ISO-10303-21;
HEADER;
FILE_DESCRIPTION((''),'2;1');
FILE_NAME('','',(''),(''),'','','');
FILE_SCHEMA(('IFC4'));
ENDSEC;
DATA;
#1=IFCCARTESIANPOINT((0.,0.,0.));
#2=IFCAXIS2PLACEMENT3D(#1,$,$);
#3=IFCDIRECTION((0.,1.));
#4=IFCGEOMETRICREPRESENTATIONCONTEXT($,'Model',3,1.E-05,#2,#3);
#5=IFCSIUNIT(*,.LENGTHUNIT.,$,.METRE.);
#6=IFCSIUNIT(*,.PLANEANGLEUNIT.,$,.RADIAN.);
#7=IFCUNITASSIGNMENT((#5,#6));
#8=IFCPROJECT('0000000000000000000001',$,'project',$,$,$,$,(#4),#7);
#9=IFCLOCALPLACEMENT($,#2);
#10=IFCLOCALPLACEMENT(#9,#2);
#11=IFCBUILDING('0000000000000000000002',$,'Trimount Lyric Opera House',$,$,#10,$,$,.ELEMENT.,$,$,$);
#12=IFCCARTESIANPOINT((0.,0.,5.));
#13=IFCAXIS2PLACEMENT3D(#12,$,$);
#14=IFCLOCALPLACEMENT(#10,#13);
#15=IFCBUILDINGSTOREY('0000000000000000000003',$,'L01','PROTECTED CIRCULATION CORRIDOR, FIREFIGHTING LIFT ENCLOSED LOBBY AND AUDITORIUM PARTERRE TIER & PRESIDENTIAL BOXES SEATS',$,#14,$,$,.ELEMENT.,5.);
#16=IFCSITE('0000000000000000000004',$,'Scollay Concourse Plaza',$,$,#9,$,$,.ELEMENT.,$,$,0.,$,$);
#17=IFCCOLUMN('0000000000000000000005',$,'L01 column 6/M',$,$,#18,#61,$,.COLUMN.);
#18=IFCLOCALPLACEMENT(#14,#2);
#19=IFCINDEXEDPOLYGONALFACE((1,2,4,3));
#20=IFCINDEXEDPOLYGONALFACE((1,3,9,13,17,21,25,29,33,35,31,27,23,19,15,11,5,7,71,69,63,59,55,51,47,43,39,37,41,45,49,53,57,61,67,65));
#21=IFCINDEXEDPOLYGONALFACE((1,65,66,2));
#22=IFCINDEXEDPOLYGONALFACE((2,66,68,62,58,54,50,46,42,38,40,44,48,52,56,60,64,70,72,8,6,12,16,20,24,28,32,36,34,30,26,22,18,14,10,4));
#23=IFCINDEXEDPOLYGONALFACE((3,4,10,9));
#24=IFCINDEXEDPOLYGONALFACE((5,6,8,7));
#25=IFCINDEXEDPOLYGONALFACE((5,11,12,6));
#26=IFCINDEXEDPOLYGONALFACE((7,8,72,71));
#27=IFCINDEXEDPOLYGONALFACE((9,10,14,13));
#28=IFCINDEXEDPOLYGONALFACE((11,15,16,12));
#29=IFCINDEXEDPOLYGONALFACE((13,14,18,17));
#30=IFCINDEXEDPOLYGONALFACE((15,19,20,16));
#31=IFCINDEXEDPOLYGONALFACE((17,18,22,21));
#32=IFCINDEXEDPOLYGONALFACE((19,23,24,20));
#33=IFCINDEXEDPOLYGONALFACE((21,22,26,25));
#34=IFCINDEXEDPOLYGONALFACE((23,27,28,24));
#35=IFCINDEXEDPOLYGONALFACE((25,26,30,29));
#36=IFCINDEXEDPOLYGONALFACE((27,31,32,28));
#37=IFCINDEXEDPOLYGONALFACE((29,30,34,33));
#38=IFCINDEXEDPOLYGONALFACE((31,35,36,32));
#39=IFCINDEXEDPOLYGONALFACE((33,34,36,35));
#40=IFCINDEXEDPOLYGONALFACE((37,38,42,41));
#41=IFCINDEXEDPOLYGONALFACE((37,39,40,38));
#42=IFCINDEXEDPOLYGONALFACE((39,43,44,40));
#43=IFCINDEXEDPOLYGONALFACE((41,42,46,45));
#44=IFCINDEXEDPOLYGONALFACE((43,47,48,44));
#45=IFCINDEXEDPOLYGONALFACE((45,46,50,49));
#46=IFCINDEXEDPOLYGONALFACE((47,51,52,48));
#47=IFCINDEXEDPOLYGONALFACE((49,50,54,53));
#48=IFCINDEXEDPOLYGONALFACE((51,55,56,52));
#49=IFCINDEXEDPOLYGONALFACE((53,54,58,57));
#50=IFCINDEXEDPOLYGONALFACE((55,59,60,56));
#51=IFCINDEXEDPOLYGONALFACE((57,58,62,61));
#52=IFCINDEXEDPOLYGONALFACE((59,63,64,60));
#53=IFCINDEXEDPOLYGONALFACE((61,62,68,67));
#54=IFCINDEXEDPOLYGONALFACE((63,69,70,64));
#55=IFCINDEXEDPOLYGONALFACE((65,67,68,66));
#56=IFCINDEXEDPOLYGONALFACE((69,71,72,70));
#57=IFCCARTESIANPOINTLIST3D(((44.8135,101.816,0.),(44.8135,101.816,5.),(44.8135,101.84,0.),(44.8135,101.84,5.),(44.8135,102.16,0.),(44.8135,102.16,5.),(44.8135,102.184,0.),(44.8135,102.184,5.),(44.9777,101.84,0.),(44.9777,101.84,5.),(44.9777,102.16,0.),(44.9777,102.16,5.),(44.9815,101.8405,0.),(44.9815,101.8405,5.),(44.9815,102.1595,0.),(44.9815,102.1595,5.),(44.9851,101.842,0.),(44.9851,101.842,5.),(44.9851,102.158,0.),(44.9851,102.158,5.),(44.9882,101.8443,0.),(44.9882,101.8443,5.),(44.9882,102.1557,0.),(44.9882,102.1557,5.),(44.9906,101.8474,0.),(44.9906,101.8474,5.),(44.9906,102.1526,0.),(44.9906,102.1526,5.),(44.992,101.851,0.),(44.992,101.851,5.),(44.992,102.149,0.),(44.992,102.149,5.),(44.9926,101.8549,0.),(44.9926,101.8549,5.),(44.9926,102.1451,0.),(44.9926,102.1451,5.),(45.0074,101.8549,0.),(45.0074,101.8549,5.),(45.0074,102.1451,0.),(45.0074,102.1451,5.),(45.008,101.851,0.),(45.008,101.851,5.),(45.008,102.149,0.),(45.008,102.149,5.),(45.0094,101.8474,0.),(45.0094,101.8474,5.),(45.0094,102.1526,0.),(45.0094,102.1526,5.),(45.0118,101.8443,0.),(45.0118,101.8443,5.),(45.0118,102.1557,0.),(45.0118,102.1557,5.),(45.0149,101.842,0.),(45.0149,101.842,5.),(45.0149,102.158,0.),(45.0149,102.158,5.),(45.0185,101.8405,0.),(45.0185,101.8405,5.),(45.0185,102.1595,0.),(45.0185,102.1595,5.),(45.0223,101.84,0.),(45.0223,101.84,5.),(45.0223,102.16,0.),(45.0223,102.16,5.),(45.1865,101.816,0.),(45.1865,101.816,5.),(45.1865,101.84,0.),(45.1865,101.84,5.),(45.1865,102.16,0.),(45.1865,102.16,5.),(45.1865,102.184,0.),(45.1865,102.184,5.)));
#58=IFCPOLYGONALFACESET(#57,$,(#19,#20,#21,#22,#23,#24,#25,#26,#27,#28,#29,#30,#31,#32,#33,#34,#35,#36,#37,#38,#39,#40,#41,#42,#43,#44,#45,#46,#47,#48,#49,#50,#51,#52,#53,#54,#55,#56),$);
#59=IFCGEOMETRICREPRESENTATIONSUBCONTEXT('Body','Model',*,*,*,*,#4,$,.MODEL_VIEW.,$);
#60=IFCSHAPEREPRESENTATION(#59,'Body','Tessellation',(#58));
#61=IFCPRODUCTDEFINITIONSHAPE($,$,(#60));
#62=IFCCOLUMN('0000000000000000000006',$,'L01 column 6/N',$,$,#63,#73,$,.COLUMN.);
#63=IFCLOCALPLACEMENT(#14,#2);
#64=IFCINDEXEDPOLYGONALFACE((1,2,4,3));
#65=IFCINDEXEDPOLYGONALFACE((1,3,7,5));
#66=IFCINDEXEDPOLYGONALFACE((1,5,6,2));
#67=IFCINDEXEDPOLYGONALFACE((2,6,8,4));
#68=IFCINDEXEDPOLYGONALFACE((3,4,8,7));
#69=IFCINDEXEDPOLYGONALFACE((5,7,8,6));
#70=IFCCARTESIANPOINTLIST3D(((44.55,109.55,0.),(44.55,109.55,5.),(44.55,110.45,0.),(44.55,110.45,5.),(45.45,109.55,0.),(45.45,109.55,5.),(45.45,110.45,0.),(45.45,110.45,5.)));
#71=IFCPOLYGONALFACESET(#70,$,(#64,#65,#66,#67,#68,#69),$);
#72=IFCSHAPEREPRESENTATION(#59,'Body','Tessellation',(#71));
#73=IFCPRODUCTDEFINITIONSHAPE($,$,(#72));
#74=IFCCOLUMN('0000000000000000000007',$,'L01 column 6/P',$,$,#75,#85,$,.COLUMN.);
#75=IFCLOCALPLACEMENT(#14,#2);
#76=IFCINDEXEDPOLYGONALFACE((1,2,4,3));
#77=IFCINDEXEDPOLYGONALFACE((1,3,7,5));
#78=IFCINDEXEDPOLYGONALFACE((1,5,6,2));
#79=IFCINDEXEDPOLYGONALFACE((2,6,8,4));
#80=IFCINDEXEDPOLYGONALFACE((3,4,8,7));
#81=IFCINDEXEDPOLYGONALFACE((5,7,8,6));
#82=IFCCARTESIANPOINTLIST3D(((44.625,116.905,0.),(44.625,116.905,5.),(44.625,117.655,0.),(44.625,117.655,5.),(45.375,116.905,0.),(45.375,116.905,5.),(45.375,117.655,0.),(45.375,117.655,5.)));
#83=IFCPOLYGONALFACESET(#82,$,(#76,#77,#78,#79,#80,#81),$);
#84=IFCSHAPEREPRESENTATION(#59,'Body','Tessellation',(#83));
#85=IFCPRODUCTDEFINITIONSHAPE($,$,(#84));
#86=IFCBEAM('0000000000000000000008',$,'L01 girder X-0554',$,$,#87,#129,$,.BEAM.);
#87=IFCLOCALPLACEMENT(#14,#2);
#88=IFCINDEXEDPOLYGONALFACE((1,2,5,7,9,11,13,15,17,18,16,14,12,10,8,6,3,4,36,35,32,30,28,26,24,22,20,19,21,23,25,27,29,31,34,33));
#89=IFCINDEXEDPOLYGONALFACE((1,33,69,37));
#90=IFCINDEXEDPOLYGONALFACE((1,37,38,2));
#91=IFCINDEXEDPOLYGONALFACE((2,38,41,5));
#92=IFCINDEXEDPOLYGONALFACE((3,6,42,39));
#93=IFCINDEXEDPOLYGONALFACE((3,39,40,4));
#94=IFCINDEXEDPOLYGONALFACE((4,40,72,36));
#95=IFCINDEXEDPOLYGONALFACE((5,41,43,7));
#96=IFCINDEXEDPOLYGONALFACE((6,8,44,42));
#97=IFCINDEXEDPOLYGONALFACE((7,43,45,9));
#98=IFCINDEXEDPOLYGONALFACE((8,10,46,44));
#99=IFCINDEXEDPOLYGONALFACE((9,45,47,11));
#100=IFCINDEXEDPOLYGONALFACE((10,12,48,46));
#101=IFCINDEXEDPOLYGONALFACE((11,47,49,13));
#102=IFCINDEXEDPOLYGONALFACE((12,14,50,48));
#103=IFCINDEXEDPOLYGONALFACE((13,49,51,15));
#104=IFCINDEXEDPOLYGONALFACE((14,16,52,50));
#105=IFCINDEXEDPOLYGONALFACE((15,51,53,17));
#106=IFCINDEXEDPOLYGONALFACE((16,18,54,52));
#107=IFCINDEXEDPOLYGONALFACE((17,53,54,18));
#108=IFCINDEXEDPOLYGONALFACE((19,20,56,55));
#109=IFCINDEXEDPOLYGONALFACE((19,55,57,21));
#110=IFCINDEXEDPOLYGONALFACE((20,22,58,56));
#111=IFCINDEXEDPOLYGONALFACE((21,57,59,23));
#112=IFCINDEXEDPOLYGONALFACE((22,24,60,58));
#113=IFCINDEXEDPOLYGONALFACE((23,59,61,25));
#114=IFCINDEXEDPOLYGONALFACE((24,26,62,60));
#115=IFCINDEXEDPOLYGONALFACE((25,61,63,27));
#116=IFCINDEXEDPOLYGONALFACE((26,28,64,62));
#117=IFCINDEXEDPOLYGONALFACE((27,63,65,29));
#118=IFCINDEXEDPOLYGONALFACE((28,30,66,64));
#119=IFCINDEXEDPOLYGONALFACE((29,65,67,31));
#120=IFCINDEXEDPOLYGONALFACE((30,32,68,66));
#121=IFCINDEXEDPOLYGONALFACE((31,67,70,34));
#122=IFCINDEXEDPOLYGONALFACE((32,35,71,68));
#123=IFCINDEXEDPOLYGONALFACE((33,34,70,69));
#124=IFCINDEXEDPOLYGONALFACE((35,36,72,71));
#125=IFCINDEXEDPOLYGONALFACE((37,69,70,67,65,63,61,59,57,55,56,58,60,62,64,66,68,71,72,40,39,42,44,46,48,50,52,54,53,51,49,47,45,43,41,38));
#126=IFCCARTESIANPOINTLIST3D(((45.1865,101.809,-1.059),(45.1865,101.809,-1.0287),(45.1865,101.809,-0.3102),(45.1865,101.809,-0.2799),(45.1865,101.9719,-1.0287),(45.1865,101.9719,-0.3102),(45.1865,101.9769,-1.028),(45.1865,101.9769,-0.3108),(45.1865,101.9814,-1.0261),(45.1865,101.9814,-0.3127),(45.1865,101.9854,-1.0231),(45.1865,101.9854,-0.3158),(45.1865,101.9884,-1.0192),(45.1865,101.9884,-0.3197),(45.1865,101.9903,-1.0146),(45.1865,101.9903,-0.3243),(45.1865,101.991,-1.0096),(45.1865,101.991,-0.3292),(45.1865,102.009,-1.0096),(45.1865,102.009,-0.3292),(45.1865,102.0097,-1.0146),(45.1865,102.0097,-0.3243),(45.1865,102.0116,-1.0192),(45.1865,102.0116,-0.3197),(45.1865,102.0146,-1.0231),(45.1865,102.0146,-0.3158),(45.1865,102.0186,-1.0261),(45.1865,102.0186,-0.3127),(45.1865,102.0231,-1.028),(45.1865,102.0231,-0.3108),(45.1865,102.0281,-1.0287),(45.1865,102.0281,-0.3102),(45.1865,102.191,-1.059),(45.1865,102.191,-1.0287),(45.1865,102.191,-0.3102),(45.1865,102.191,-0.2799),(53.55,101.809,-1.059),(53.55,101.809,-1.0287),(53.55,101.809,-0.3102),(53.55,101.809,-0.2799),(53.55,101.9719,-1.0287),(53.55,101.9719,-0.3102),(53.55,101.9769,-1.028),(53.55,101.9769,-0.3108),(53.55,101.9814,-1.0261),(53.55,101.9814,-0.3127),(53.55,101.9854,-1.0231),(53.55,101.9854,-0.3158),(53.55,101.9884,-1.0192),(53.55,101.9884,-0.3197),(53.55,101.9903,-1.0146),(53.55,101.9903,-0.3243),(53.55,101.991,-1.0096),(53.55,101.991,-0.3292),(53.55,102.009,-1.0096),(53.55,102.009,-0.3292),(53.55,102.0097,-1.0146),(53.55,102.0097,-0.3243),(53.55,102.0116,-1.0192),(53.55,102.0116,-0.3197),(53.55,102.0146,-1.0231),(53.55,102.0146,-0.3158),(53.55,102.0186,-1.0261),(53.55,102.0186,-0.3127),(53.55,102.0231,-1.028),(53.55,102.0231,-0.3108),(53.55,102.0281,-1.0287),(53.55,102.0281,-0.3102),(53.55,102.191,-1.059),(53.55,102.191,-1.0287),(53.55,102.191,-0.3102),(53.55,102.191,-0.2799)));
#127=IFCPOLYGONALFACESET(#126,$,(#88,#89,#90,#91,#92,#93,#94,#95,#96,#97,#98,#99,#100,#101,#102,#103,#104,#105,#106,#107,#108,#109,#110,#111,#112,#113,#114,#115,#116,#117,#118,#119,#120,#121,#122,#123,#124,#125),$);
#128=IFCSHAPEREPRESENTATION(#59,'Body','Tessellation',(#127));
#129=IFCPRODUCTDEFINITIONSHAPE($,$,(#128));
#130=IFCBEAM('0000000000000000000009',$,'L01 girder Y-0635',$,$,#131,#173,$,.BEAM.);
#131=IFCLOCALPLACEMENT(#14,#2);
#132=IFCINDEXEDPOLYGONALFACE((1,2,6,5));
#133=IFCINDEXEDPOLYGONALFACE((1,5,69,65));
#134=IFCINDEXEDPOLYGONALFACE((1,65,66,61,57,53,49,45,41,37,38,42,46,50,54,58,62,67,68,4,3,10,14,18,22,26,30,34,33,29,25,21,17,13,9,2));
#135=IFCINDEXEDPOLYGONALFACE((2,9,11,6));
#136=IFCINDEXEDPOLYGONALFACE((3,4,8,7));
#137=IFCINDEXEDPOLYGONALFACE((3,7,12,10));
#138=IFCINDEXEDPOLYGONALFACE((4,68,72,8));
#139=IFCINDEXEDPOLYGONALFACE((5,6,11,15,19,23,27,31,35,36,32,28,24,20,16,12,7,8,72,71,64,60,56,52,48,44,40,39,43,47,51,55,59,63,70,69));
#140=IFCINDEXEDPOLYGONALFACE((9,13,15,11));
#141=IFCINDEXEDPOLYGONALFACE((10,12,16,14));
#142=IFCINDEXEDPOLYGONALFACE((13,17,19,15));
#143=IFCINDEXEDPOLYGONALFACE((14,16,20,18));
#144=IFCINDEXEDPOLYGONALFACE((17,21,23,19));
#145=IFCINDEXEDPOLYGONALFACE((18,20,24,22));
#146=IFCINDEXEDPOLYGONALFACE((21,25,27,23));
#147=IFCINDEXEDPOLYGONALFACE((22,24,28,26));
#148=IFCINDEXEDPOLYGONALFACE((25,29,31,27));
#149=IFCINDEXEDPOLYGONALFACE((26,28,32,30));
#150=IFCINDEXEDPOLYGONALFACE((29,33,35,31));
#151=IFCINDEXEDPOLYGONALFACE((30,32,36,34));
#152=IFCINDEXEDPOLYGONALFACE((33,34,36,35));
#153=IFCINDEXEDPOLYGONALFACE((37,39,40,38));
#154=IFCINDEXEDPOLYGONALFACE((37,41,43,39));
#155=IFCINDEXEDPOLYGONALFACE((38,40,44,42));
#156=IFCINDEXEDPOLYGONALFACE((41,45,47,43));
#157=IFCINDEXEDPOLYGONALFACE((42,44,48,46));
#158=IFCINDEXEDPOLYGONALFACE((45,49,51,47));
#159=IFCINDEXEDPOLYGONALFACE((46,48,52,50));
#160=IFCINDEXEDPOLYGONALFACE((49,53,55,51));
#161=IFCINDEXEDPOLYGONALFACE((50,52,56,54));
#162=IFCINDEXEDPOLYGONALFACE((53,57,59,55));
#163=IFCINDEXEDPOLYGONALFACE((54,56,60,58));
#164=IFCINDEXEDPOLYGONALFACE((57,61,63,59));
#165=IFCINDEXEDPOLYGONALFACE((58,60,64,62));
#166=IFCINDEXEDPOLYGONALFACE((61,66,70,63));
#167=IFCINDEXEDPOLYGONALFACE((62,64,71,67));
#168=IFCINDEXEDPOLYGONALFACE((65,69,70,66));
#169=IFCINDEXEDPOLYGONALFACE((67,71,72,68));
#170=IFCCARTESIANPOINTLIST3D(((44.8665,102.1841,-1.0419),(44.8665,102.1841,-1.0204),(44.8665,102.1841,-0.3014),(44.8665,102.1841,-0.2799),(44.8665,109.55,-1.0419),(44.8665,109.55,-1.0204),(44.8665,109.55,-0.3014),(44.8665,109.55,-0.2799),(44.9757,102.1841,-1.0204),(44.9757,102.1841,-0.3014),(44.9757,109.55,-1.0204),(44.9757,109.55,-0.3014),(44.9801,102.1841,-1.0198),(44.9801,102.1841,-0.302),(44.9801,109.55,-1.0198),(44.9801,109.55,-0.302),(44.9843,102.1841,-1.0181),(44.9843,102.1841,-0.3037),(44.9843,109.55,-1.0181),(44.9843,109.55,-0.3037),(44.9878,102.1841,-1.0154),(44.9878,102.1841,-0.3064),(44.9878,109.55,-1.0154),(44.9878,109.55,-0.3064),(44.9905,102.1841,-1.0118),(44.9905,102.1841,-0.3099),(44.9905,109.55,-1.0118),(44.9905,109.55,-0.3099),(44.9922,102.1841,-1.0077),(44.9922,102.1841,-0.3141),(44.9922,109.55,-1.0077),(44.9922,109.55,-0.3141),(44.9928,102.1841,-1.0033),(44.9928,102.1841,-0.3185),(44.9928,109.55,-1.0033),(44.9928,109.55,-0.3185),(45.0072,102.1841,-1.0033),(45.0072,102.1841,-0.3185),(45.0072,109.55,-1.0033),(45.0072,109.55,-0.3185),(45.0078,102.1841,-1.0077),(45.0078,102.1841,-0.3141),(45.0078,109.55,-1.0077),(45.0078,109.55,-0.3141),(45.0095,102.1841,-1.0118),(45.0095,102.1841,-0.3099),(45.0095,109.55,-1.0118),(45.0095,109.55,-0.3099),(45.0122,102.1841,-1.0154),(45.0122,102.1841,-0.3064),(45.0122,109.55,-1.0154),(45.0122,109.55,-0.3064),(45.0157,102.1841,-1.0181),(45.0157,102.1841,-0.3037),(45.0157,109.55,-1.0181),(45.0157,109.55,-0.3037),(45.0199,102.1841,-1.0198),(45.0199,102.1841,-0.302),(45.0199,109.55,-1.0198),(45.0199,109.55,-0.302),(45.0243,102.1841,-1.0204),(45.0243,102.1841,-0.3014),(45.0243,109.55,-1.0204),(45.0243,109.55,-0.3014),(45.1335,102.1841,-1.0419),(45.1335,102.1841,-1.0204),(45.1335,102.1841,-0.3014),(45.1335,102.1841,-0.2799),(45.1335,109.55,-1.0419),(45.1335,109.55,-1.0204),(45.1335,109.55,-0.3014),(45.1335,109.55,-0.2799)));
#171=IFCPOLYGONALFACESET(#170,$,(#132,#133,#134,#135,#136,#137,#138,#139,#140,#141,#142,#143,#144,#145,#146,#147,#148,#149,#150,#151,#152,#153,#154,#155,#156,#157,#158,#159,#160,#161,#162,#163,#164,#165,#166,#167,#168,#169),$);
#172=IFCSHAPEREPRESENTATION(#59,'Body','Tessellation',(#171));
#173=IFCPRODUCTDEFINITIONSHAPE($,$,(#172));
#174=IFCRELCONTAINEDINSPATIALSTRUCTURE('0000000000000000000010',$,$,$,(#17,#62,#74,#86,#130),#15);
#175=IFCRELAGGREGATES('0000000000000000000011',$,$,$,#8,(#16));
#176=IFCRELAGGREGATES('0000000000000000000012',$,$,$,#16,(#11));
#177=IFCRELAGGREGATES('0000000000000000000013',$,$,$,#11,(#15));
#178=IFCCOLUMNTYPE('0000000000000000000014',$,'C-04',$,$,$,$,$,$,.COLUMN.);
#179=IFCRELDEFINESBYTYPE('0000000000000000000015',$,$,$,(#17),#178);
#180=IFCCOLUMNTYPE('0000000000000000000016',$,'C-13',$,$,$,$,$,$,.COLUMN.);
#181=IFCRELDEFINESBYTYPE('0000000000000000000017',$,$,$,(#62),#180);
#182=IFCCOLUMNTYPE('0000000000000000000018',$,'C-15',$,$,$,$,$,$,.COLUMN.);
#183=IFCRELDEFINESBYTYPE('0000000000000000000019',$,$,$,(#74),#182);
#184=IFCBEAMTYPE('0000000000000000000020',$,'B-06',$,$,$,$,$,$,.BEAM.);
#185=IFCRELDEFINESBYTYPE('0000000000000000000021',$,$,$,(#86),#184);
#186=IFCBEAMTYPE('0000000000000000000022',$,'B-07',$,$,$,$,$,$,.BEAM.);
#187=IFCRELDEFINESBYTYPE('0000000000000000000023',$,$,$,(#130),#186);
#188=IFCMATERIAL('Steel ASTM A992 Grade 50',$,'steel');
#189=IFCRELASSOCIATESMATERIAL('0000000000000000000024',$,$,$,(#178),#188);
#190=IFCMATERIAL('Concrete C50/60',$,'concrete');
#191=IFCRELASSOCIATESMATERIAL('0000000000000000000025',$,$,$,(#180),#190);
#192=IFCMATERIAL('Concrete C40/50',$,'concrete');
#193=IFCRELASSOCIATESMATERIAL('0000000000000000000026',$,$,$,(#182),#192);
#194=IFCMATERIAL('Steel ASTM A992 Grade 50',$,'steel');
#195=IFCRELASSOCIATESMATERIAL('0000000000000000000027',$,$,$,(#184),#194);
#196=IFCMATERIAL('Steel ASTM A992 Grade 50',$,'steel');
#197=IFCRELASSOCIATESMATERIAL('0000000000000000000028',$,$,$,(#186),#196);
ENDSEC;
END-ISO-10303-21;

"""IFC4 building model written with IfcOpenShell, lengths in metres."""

from ifc_helpers import new_model, si_unit, direction, frame, origin, origin_2d, place, context, subcontext, project, spatial, rectangle, i_section, extrude, material, material_profile, profile_set, type_object, element, save


model = new_model("IFC4")

# Units and contexts
model_context = context("Model", 3, precision=1e-05, world=origin(), true_north=direction((0.0, 1.0)))
body_context = subcontext(model_context, "Body", "Model", "MODEL_VIEW")
ifc_project = project(units=[si_unit("LENGTHUNIT", "METRE"), si_unit("PLANEANGLEUNIT", "RADIAN")], contexts=[model_context])

# Site, building, storey
site_placement = place(None, origin())
site = spatial("IfcSite", under=ifc_project, at=site_placement, Name="Scollay Concourse Plaza", CompositionType="ELEMENT", RefElevation=0.0)
building_placement = place(site_placement, origin())
building = spatial("IfcBuilding", under=site, at=building_placement, Name="Trimount Lyric Opera House", CompositionType="ELEMENT")
storey_placement = place(building_placement, frame((0.0, 0.0, 5.0)))
storey = spatial("IfcBuildingStorey", under=building, at=storey_placement, Name="L01", Description="PROTECTED CIRCULATION CORRIDOR, FIREFIGHTING LIFT ENCLOSED LOBBY AND AUDITORIUM PARTERRE TIER & PRESIDENTIAL BOXES SEATS", CompositionType="ELEMENT", Elevation=5.0)

# Columns
ifc_material_1 = material(Name="Steel ASTM A992 Grade 50", Category="steel")
ifc_material_profile_1 = material_profile(ifc_material_1, i_section(OverallWidth=0.373, OverallDepth=0.3679, WebThickness=0.0149, FlangeThickness=0.0239, FilletRadius=0.0149, at=origin_2d()), Name="W14X120")
ifc_profile_set_1 = profile_set([ifc_material_profile_1], Name="Steel ASTM A992 Grade 50")
column_type_1 = type_object("IfcColumnType", Name="C-04", PredefinedType="COLUMN", material=ifc_profile_set_1)
column_1_placement = place(storey_placement, frame((45.0, 102.0, 0.0), z_axis=(0.0, 0.0, 1.0), x_axis=(1.0, 0.0, 0.0)))
element("IfcColumn", 1, at=column_1_placement, inside=storey, type_object=column_type_1, Name="L01 column 6/M", PredefinedType="COLUMN", context=body_context, shape_type="SweptSolid", body=[
    extrude(i_section(OverallWidth=0.373, OverallDepth=0.3679, WebThickness=0.0149, FlangeThickness=0.0239, FilletRadius=0.0149, at=origin_2d()), origin(), (0.0, 0.0, 1.0), 5.0),
])
ifc_material_2 = material(Name="Concrete C50/60", Category="concrete")
ifc_material_profile_2 = material_profile(ifc_material_2, rectangle(XDim=0.8999, YDim=0.8999, at=origin_2d()), Name="RC900X900")
ifc_profile_set_2 = profile_set([ifc_material_profile_2], Name="Concrete C50/60")
column_type_2 = type_object("IfcColumnType", Name="C-13", PredefinedType="COLUMN", material=ifc_profile_set_2)
column_2_placement = place(storey_placement, frame((45.0, 110.0, 0.0), z_axis=(0.0, 0.0, 1.0), x_axis=(1.0, 0.0, 0.0)))
element("IfcColumn", 2, at=column_2_placement, inside=storey, type_object=column_type_2, Name="L01 column 6/N", PredefinedType="COLUMN", context=body_context, shape_type="SweptSolid", body=[
    extrude(rectangle(XDim=0.8999, YDim=0.8999, at=origin_2d()), origin(), (0.0, 0.0, 1.0), 5.0),
])
ifc_material_3 = material(Name="Concrete C40/50", Category="concrete")
ifc_material_profile_3 = material_profile(ifc_material_3, rectangle(XDim=0.75, YDim=0.75, at=origin_2d()), Name="RC750X750")
ifc_profile_set_3 = profile_set([ifc_material_profile_3], Name="Concrete C40/50")
column_type_3 = type_object("IfcColumnType", Name="C-15", PredefinedType="COLUMN", material=ifc_profile_set_3)
column_3_placement = place(storey_placement, frame((45.0, 117.28, 0.0), z_axis=(0.0, 0.0, 1.0), x_axis=(1.0, 0.0, 0.0)))
element("IfcColumn", 3, at=column_3_placement, inside=storey, type_object=column_type_3, Name="L01 column 6/P", PredefinedType="COLUMN", context=body_context, shape_type="SweptSolid", body=[
    extrude(rectangle(XDim=0.75, YDim=0.75, at=origin_2d()), origin(), (0.0, 0.0, 1.0), 5.0),
])

# Beams
ifc_material_4 = material(Name="Steel ASTM A992 Grade 50", Category="steel")
ifc_material_profile_4 = material_profile(ifc_material_4, i_section(OverallWidth=0.3821, OverallDepth=0.7791, WebThickness=0.0181, FlangeThickness=0.0303, FilletRadius=0.019, at=origin_2d()), Name="W30X191")
ifc_profile_set_4 = profile_set([ifc_material_profile_4], Name="Steel ASTM A992 Grade 50")
beam_type_1 = type_object("IfcBeamType", Name="B-06", PredefinedType="BEAM", material=ifc_profile_set_4)
beam_1_placement = place(storey_placement, frame((45.1865, 102.0, -0.6694), z_axis=(1.0, 0.0, 0.0), x_axis=(0.0, 1.0, 0.0)))
element("IfcBeam", 4, at=beam_1_placement, inside=storey, type_object=beam_type_1, Name="L01 girder X-0554", PredefinedType="BEAM", context=body_context, shape_type="SweptSolid", body=[
    extrude(i_section(OverallWidth=0.3821, OverallDepth=0.7791, WebThickness=0.0181, FlangeThickness=0.0303, FilletRadius=0.019, at=origin_2d()), origin(), (0.0, 0.0, 1.0), 8.3635),
])
ifc_material_5 = material(Name="Steel ASTM A992 Grade 50", Category="steel")
ifc_material_profile_5 = material_profile(ifc_material_5, i_section(OverallWidth=0.2671, OverallDepth=0.762, WebThickness=0.0144, FlangeThickness=0.0215, FilletRadius=0.0171, at=origin_2d()), Name="W30X116")
ifc_profile_set_5 = profile_set([ifc_material_profile_5], Name="Steel ASTM A992 Grade 50")
beam_type_2 = type_object("IfcBeamType", Name="B-07", PredefinedType="BEAM", material=ifc_profile_set_5)
beam_2_placement = place(storey_placement, frame((45.0, 102.1841, -0.6609), z_axis=(0.0, 1.0, 0.0), x_axis=(-1.0, 0.0, 0.0)))
element("IfcBeam", 5, at=beam_2_placement, inside=storey, type_object=beam_type_2, Name="L01 girder Y-0635", PredefinedType="BEAM", context=body_context, shape_type="SweptSolid", body=[
    extrude(i_section(OverallWidth=0.2671, OverallDepth=0.762, WebThickness=0.0144, FlangeThickness=0.0215, FilletRadius=0.0171, at=origin_2d()), origin(), (0.0, 0.0, 1.0), 7.366),
])

save(model, "model.ifc")
